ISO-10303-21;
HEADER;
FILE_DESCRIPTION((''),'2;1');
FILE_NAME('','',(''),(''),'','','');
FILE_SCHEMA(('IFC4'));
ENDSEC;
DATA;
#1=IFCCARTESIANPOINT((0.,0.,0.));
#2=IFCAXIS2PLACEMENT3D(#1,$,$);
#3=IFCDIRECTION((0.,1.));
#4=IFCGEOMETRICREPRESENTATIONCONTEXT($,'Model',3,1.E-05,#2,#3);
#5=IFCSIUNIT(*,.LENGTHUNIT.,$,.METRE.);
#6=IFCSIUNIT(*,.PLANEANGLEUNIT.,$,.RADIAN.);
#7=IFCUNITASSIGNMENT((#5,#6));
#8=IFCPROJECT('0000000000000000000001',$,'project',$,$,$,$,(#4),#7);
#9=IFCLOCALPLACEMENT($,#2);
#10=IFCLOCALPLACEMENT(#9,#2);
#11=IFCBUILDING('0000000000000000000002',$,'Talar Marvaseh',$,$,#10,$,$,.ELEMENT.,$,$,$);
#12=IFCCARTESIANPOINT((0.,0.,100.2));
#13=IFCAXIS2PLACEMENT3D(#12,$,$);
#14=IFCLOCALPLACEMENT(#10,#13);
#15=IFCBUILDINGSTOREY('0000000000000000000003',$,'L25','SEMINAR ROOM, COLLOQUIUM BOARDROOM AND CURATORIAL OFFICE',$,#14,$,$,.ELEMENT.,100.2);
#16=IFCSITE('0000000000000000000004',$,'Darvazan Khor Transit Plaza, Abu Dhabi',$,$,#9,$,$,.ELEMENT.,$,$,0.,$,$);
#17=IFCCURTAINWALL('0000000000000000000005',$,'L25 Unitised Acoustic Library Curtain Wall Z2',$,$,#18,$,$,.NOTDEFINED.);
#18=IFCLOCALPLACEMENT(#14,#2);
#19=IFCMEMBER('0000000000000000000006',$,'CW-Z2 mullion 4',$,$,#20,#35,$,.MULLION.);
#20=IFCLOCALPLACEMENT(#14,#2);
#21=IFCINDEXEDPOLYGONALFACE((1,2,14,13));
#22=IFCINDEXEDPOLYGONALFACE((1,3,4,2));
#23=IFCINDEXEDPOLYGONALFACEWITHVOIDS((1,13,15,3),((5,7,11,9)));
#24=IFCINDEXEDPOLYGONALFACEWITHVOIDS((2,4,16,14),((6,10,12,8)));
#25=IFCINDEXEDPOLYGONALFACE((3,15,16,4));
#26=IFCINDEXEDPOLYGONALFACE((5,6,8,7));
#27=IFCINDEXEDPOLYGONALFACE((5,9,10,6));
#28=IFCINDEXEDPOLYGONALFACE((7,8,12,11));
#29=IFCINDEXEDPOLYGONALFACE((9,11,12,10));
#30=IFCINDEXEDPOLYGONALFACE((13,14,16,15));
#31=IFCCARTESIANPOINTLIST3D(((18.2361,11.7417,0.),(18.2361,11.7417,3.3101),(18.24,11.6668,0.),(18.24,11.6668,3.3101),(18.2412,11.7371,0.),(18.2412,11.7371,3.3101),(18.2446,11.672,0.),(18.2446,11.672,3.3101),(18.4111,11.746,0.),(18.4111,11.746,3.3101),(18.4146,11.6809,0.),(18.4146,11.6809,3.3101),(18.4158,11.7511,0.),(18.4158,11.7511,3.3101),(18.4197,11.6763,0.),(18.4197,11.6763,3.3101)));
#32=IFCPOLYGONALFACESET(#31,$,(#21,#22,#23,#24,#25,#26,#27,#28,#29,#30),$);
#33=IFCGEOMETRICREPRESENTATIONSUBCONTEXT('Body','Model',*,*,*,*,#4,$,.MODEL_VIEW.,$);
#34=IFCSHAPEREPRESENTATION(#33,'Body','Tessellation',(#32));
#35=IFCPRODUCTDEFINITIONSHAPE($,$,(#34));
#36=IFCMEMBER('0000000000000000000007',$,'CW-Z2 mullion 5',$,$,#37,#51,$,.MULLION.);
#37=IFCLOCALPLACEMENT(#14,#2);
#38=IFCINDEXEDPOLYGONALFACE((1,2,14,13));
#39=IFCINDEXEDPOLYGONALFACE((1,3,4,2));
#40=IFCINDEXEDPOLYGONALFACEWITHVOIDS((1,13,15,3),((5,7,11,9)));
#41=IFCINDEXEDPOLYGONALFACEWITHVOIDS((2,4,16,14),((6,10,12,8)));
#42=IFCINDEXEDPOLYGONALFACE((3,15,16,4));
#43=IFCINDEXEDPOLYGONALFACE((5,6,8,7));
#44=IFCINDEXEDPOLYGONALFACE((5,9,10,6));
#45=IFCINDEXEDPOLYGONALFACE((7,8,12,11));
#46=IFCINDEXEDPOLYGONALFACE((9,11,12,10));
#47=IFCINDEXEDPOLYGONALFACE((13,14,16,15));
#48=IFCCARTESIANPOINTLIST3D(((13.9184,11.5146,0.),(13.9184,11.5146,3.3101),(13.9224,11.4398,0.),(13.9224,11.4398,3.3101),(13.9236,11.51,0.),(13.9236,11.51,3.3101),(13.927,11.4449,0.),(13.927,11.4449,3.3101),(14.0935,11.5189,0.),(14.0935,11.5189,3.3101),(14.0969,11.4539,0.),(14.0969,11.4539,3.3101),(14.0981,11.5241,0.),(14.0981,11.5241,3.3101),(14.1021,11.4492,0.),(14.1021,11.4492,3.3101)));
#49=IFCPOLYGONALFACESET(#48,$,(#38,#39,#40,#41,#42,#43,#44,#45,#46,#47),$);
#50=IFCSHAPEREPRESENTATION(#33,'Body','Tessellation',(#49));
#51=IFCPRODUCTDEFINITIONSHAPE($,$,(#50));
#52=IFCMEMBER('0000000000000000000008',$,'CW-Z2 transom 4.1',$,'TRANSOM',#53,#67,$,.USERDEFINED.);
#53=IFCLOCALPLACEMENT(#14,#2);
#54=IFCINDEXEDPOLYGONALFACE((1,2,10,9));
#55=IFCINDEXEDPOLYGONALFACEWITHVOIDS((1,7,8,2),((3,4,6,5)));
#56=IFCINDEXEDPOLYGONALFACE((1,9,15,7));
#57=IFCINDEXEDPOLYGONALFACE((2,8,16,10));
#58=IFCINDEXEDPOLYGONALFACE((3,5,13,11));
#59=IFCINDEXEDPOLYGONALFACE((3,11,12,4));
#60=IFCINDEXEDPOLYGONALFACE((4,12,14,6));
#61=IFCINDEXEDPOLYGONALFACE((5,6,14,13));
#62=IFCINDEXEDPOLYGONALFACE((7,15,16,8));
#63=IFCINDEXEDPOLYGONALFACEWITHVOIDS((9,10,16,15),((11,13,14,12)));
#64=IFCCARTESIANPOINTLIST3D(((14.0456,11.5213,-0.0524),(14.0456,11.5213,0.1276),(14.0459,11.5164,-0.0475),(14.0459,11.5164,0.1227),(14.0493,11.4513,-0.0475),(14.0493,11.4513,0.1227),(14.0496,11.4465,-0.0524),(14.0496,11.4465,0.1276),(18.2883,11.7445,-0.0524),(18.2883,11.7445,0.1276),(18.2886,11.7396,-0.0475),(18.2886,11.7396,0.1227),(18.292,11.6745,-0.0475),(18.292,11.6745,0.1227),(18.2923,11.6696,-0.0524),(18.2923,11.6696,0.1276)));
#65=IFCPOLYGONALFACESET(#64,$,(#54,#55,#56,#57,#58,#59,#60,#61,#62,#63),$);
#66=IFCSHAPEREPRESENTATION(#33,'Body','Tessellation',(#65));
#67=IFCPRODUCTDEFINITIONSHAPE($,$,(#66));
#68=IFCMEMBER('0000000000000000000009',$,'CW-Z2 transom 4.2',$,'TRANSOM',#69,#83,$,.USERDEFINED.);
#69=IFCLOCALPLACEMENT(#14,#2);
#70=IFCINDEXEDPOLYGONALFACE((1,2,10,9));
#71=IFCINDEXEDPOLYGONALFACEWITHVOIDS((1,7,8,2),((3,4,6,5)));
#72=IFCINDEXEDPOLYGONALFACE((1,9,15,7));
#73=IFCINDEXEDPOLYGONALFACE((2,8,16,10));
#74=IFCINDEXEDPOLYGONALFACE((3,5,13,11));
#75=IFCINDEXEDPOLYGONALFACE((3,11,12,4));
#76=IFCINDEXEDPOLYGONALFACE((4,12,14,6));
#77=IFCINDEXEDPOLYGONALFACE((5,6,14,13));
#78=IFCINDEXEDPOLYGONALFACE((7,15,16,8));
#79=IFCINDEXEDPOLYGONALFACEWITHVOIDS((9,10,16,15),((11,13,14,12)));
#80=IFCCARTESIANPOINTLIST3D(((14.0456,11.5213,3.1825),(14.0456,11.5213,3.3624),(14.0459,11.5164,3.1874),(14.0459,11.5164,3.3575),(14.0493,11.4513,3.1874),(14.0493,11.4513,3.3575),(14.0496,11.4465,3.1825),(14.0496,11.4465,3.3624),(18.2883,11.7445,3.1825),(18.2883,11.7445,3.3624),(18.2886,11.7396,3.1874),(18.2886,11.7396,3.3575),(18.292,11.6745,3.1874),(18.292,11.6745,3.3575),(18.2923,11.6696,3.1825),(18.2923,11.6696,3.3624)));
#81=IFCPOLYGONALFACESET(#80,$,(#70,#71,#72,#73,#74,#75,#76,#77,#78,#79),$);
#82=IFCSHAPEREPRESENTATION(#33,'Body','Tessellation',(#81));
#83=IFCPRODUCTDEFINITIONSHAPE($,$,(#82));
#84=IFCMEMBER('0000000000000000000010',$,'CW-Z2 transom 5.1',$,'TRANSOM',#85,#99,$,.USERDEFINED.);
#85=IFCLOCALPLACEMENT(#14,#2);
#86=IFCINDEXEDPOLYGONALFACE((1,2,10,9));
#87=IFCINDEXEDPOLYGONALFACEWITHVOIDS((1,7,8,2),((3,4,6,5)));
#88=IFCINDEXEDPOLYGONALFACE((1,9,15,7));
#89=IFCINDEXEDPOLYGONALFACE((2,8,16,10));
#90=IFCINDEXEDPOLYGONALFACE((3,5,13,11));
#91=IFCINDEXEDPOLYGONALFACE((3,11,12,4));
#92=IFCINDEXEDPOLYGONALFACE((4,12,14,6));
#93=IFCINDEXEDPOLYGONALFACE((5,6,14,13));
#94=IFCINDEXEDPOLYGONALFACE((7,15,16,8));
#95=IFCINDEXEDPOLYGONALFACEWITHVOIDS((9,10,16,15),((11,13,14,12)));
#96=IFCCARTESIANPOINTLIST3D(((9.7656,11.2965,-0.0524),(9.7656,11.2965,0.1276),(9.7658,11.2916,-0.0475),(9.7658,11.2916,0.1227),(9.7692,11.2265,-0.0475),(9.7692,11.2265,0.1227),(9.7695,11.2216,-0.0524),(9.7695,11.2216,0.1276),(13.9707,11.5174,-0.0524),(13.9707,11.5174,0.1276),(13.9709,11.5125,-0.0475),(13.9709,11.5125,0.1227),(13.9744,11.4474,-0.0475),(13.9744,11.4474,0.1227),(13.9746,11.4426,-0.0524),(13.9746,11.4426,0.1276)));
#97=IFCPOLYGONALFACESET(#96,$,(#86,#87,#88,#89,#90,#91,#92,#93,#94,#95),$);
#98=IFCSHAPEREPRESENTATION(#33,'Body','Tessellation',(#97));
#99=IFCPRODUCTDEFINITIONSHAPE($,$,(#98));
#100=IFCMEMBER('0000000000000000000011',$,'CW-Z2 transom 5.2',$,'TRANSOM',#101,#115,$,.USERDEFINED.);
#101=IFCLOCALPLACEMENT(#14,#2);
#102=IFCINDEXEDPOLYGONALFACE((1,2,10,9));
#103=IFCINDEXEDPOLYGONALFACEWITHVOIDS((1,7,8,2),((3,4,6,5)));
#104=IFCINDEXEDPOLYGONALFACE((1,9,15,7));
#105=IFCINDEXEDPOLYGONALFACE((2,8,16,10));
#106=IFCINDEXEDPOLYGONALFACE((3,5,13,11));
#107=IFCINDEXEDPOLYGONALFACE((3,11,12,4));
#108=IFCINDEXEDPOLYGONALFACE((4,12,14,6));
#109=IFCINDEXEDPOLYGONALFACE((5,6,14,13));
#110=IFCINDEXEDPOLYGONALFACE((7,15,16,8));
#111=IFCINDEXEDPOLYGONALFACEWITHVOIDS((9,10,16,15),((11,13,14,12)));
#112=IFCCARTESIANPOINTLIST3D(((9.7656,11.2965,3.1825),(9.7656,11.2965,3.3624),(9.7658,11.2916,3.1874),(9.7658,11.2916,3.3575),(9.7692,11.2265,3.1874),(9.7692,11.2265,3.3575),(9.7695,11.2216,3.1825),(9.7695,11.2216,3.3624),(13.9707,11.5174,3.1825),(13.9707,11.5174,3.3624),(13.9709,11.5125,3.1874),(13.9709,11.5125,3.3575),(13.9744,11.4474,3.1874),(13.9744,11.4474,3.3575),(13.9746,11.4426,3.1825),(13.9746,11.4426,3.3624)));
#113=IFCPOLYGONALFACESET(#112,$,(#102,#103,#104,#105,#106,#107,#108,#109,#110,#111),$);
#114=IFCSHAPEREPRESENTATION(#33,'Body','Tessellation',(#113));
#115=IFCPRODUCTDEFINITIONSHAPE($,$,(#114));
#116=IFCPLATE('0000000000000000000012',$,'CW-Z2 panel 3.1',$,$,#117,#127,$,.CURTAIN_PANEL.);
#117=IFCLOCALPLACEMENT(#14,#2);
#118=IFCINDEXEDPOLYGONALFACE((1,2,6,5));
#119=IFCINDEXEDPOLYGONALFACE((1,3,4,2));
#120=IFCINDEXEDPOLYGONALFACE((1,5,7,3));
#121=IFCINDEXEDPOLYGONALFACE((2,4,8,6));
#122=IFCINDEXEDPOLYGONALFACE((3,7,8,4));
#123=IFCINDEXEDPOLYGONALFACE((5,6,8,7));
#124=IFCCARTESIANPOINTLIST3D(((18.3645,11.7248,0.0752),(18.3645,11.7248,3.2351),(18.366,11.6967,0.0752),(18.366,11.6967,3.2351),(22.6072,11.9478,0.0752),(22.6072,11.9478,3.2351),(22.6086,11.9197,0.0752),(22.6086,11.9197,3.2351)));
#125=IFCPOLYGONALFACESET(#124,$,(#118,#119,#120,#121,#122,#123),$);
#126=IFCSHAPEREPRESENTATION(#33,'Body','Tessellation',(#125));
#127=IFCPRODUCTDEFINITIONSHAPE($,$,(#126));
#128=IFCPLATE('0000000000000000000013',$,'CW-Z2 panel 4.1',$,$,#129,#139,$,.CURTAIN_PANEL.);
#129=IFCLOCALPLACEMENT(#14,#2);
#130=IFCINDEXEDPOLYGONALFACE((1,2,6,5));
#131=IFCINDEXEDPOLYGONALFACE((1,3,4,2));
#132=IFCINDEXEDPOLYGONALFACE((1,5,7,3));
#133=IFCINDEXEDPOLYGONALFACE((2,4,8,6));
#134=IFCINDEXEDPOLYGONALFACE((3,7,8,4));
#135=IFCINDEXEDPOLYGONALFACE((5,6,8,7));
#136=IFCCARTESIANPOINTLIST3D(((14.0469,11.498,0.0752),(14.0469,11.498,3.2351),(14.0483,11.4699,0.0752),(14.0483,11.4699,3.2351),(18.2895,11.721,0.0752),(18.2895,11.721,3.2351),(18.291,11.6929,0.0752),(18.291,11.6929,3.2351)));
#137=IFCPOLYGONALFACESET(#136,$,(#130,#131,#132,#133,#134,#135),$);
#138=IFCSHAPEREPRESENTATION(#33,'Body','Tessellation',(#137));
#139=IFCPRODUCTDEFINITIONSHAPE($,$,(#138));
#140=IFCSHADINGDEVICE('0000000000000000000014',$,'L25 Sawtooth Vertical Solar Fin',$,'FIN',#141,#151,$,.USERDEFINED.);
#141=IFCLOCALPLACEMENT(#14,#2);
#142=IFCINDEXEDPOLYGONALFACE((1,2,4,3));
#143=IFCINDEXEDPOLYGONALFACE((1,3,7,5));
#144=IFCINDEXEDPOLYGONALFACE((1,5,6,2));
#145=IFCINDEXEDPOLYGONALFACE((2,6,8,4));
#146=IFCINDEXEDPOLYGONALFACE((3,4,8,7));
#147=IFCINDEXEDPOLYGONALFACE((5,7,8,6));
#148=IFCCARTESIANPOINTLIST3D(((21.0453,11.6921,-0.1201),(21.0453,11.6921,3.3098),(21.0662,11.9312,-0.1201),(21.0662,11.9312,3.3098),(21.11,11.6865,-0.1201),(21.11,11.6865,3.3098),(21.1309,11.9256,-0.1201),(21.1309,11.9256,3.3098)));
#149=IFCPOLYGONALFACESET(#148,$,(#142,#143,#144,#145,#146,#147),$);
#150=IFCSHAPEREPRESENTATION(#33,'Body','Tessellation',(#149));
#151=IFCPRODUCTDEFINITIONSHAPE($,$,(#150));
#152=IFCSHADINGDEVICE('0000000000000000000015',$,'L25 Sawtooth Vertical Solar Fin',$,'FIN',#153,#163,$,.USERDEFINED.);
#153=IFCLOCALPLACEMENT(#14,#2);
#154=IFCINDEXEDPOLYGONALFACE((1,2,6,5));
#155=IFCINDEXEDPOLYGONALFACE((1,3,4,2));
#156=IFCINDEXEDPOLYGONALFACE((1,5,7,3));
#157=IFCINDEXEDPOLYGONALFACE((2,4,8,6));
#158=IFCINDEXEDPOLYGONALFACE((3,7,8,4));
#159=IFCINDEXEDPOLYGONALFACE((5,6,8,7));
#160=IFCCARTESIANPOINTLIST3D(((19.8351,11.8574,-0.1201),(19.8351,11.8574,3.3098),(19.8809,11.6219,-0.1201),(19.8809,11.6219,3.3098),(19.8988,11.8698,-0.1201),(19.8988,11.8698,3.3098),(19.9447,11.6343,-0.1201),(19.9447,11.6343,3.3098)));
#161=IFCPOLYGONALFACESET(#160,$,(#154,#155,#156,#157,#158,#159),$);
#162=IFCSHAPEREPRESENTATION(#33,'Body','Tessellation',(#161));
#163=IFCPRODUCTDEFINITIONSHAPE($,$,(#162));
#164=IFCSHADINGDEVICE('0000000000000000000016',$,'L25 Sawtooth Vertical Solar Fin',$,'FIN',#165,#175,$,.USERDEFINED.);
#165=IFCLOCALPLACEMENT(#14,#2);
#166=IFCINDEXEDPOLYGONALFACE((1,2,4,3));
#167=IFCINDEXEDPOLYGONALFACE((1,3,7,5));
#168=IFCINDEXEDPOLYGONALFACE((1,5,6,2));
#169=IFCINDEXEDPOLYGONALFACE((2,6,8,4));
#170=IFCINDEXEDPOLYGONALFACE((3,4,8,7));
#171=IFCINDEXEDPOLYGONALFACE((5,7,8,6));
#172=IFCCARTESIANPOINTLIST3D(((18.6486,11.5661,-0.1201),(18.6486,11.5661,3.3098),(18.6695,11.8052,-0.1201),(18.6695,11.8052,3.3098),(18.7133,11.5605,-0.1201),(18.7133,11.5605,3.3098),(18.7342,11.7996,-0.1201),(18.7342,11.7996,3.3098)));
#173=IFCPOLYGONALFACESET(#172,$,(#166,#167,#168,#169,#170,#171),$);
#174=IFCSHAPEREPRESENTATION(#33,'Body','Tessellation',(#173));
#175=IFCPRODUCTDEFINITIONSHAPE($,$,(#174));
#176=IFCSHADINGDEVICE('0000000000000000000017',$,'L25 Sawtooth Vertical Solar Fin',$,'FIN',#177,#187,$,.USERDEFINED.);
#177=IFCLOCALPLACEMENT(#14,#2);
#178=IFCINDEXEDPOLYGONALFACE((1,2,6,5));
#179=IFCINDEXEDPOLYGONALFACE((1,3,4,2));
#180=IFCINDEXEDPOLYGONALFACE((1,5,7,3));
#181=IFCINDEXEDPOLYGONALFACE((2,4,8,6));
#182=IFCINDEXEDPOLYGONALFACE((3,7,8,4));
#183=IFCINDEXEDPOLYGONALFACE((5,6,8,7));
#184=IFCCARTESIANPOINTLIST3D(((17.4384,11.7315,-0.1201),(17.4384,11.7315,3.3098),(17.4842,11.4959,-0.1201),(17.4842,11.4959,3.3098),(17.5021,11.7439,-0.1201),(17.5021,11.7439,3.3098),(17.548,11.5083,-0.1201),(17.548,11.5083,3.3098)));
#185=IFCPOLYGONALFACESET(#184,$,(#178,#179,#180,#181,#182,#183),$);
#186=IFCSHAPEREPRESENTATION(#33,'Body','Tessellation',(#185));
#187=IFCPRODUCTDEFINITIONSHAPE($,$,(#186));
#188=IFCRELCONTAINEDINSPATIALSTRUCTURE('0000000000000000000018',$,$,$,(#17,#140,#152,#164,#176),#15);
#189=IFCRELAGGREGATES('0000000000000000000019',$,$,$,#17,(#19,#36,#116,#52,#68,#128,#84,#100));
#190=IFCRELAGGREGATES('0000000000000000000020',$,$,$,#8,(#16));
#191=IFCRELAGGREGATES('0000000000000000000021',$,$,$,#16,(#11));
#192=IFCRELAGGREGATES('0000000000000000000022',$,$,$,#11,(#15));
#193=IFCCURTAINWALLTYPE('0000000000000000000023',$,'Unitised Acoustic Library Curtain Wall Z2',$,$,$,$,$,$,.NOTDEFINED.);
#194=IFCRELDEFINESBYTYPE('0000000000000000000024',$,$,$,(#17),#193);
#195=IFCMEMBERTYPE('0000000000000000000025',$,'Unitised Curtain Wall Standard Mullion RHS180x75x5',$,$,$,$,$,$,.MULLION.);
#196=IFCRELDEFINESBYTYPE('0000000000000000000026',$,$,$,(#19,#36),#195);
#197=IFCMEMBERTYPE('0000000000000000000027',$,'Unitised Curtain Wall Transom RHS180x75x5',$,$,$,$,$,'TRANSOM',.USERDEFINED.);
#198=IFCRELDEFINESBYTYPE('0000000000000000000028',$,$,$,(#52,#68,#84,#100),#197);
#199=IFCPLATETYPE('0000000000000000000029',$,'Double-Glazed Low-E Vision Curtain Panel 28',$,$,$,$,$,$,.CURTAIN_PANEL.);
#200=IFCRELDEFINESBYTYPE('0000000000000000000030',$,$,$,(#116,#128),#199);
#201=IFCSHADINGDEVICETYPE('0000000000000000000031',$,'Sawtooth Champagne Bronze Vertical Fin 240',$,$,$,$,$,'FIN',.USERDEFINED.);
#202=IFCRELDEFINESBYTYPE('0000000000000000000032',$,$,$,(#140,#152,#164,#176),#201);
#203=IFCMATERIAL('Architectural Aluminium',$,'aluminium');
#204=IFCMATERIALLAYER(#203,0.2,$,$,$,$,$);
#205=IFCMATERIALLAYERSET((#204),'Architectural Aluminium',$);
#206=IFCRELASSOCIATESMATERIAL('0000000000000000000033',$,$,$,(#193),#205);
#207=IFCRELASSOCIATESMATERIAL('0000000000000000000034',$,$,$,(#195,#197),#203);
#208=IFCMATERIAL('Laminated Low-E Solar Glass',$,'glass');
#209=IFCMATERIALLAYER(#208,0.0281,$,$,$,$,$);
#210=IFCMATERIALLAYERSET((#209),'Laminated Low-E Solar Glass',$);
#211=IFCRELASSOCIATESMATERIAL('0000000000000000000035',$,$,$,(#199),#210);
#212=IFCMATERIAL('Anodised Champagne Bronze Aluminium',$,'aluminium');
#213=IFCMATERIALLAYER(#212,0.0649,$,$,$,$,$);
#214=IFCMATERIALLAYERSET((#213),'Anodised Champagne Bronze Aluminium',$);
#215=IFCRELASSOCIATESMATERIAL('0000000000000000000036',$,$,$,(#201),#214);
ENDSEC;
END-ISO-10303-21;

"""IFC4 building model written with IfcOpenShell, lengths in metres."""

from ifc_helpers import new_model, si_unit, direction, frame, origin, origin_2d, place, context, subcontext, project, spatial, rectangle, hollow_rectangle, extrude, source, transform, mapped, material, layer, layer_set, material_profile, profile_set, type_object, type_shapes, element, aggregate, save


model = new_model("IFC4")

# Units and contexts
model_context = context("Model", 3, precision=1e-05, world=origin(), true_north=direction((0.0, 1.0)))
body_context = subcontext(model_context, "Body", "Model", "MODEL_VIEW")
ifc_project = project(units=[si_unit("LENGTHUNIT", "METRE"), si_unit("PLANEANGLEUNIT", "RADIAN")], contexts=[model_context])

# Site, building, storey
site_placement = place(None, origin())
site = spatial("IfcSite", under=ifc_project, at=site_placement, Name="Darvazan Khor Transit Plaza, Abu Dhabi", CompositionType="ELEMENT", RefElevation=0.0)
building_placement = place(site_placement, origin())
building = spatial("IfcBuilding", under=site, at=building_placement, Name="Talar Marvaseh", CompositionType="ELEMENT")
storey_placement = place(building_placement, frame((0.0, 0.0, 100.2)))
storey = spatial("IfcBuildingStorey", under=building, at=storey_placement, Name="L25", Description="SEMINAR ROOM, COLLOQUIUM BOARDROOM AND CURATORIAL OFFICE", CompositionType="ELEMENT", Elevation=100.2)

# Curtain wall, members, plates
ifc_material_1 = material(Name="Architectural Aluminium", Category="aluminium")
ifc_layer_1 = layer(ifc_material_1, 0.2)
ifc_layer_set_1 = layer_set([ifc_layer_1], Name="Architectural Aluminium")
curtain_wall_type = type_object("IfcCurtainWallType", Name="Unitised Acoustic Library Curtain Wall Z2", PredefinedType="NOTDEFINED", material=ifc_layer_set_1)
curtain_wall_placement = place(storey_placement, origin())
curtain_wall = element("IfcCurtainWall", 1, at=curtain_wall_placement, inside=storey, type_object=curtain_wall_type, Name="L25 Unitised Acoustic Library Curtain Wall Z2", PredefinedType="NOTDEFINED")
ifc_material_profile_1 = material_profile(ifc_material_1, hollow_rectangle(XDim=0.075, YDim=0.1799, WallThickness=0.0049, at=origin_2d()), Name="RHS180x75x5")
ifc_profile_set_1 = profile_set([ifc_material_profile_1], Name="Architectural Aluminium")
member_type_1 = type_object("IfcMemberType", Name="Unitised Curtain Wall Standard Mullion RHS180x75x5", PredefinedType="MULLION", material=ifc_profile_set_1)
shared_shape_1 = source(origin(), body_context, "Body", "SweptSolid", [
    extrude(hollow_rectangle(XDim=0.075, YDim=0.1799, WallThickness=0.0049, at=origin_2d()), origin(), (0.0, 0.0, 1.0), 3.3101),
])
type_shapes(member_type_1, [shared_shape_1])
member_1_placement = place(storey_placement, frame((18.3279, 11.709, 0.0), z_axis=(0.0, 0.0, 1.0), x_axis=(0.052489, -0.998621, 0.0)))
member_1 = element("IfcMember", 2, at=member_1_placement, type_object=member_type_1, Name="CW-Z2 mullion 4", PredefinedType="MULLION", context=body_context, shape_type="MappedRepresentation", body=[
    mapped(shared_shape_1, transform((0.0, 0.0, 0.0), x_axis=(1.0, 0.0, 0.0), y_axis=(0.0, 1.0, 0.0), z_axis=(0.0, 0.0, 1.0), scale=1.0)),
])
member_2_placement = place(storey_placement, frame((14.0103, 11.4819, 0.0), z_axis=(0.0, 0.0, 1.0), x_axis=(0.052489, -0.998621, 0.0)))
member_2 = element("IfcMember", 3, at=member_2_placement, type_object=member_type_1, Name="CW-Z2 mullion 5", PredefinedType="MULLION", context=body_context, shape_type="MappedRepresentation", body=[
    mapped(shared_shape_1, transform((0.0, 0.0, 0.0), x_axis=(1.0, 0.0, 0.0), y_axis=(0.0, 1.0, 0.0), z_axis=(0.0, 0.0, 1.0), scale=1.0)),
])
ifc_material_profile_2 = material_profile(ifc_material_1, hollow_rectangle(XDim=0.075, YDim=0.1799, WallThickness=0.0049, at=origin_2d()), Name="RHS180x75x5")
ifc_profile_set_2 = profile_set([ifc_material_profile_2], Name="Architectural Aluminium")
member_type_2 = type_object("IfcMemberType", Name="Unitised Curtain Wall Transom RHS180x75x5", ElementType="TRANSOM", PredefinedType="USERDEFINED", material=ifc_profile_set_2)
shared_shape_2 = source(origin(), body_context, "Body", "SweptSolid", [
    extrude(hollow_rectangle(XDim=0.075, YDim=0.1799, WallThickness=0.0049, at=origin_2d()), origin(), (0.0, 0.0, 1.0), 4.2485),
])
member_3_placement = place(storey_placement, frame((18.2903, 11.707, 0.0376), z_axis=(-0.99862, -0.052523, 0.0), x_axis=(0.052523, -0.99862, 0.0)))
member_3 = element("IfcMember", 4, at=member_3_placement, type_object=member_type_2, Name="CW-Z2 transom 4.1", ObjectType="TRANSOM", PredefinedType="USERDEFINED", context=body_context, shape_type="MappedRepresentation", body=[
    mapped(shared_shape_2, transform((0.0, 0.0, 0.0), x_axis=(1.0, 0.0, 0.0), y_axis=(0.0, 1.0, 0.0), z_axis=(0.0, 0.0, 1.0), scale=1.0)),
])
member_4_placement = place(storey_placement, frame((18.2903, 11.707, 3.2725), z_axis=(-0.99862, -0.052523, 0.0), x_axis=(0.052523, -0.99862, 0.0)))
member_4 = element("IfcMember", 5, at=member_4_placement, type_object=member_type_2, Name="CW-Z2 transom 4.2", ObjectType="TRANSOM", PredefinedType="USERDEFINED", context=body_context, shape_type="MappedRepresentation", body=[
    mapped(shared_shape_2, transform((0.0, 0.0, 0.0), x_axis=(1.0, 0.0, 0.0), y_axis=(0.0, 1.0, 0.0), z_axis=(0.0, 0.0, 1.0), scale=1.0)),
])
shared_shape_3 = source(origin(), body_context, "Body", "SweptSolid", [
    extrude(hollow_rectangle(XDim=0.075, YDim=0.1799, WallThickness=0.0049, at=origin_2d()), origin(), (0.0, 0.0, 1.0), 4.2109),
])
type_shapes(member_type_2, [shared_shape_2, shared_shape_3])
member_5_placement = place(storey_placement, frame((13.9727, 11.48, 0.0376), z_axis=(-0.998622, -0.052471, 0.0), x_axis=(0.052471, -0.998622, 0.0)))
member_5 = element("IfcMember", 6, at=member_5_placement, type_object=member_type_2, Name="CW-Z2 transom 5.1", ObjectType="TRANSOM", PredefinedType="USERDEFINED", context=body_context, shape_type="MappedRepresentation", body=[
    mapped(shared_shape_3, transform((0.0, 0.0, 0.0), x_axis=(1.0, 0.0, 0.0), y_axis=(0.0, 1.0, 0.0), z_axis=(0.0, 0.0, 1.0), scale=1.0)),
])
member_6_placement = place(storey_placement, frame((13.9727, 11.48, 3.2725), z_axis=(-0.998622, -0.052471, 0.0), x_axis=(0.052471, -0.998622, 0.0)))
member_6 = element("IfcMember", 7, at=member_6_placement, type_object=member_type_2, Name="CW-Z2 transom 5.2", ObjectType="TRANSOM", PredefinedType="USERDEFINED", context=body_context, shape_type="MappedRepresentation", body=[
    mapped(shared_shape_3, transform((0.0, 0.0, 0.0), x_axis=(1.0, 0.0, 0.0), y_axis=(0.0, 1.0, 0.0), z_axis=(0.0, 0.0, 1.0), scale=1.0)),
])
ifc_material_2 = material(Name="Laminated Low-E Solar Glass", Category="glass")
ifc_layer_2 = layer(ifc_material_2, 0.0281)
ifc_layer_set_2 = layer_set([ifc_layer_2], Name="Laminated Low-E Solar Glass")
plate_type = type_object("IfcPlateType", Name="Double-Glazed Low-E Vision Curtain Panel 28", PredefinedType="CURTAIN_PANEL", material=ifc_layer_set_2)
shared_shape_4 = source(origin(), body_context, "Body", "SweptSolid", [
    extrude(rectangle(XDim=4.2485, YDim=0.0281, at=origin_2d()), origin(), (0.0, 0.0, 1.0), 3.1599),
])
type_shapes(plate_type, [shared_shape_4])
plate_1_placement = place(storey_placement, frame((20.4866, 11.8223, 0.0752), z_axis=(0.0, 0.0, 1.0), x_axis=(-0.998621, -0.052489, 0.0)))
plate_1 = element("IfcPlate", 8, at=plate_1_placement, type_object=plate_type, Name="CW-Z2 panel 3.1", PredefinedType="CURTAIN_PANEL", context=body_context, shape_type="MappedRepresentation", body=[
    mapped(shared_shape_4, transform((0.0, 0.0, 0.0), x_axis=(1.0, 0.0, 0.0), y_axis=(0.0, 1.0, 0.0), z_axis=(0.0, 0.0, 1.0), scale=1.0)),
])
plate_2_placement = place(storey_placement, frame((16.1689, 11.5955, 0.0752), z_axis=(0.0, 0.0, 1.0), x_axis=(-0.998621, -0.052489, 0.0)))
plate_2 = element("IfcPlate", 9, at=plate_2_placement, type_object=plate_type, Name="CW-Z2 panel 4.1", PredefinedType="CURTAIN_PANEL", context=body_context, shape_type="MappedRepresentation", body=[
    mapped(shared_shape_4, transform((0.0, 0.0, 0.0), x_axis=(1.0, 0.0, 0.0), y_axis=(0.0, 1.0, 0.0), z_axis=(0.0, 0.0, 1.0), scale=1.0)),
])
aggregate(curtain_wall, [member_1, member_2, plate_1, member_3, member_4, plate_2, member_5, member_6])

# Shading devices
ifc_material_3 = material(Name="Anodised Champagne Bronze Aluminium", Category="aluminium")
ifc_layer_3 = layer(ifc_material_3, 0.0649)
ifc_layer_set_3 = layer_set([ifc_layer_3], Name="Anodised Champagne Bronze Aluminium")
shading_device_type = type_object("IfcShadingDeviceType", Name="Sawtooth Champagne Bronze Vertical Fin 240", ElementType="FIN", PredefinedType="USERDEFINED", material=ifc_layer_set_3)
shared_shape_5 = source(origin(), body_context, "Body", "SweptSolid", [
    extrude(rectangle(XDim=0.24, YDim=0.0649, at=origin_2d()), origin(), (0.0, 0.0, 1.0), 3.4299),
])
type_shapes(shading_device_type, [shared_shape_5])
for number, where, z_axis, x_axis, name in (
    (10, (21.0881, 11.8088, -0.1201), (0.0, 0.0, 1.0), (-0.086982, -0.99621, 0.0), "L25 Sawtooth Vertical Solar Fin"),
    (11, (19.8899, 11.7458, -0.1201), (0.0, 0.0, 1.0), (0.19098, -0.981594, 0.0), "L25 Sawtooth Vertical Solar Fin"),
    (12, (18.6914, 11.6829, -0.1201), (0.0, 0.0, 1.0), (-0.086982, -0.99621, 0.0), "L25 Sawtooth Vertical Solar Fin"),
    (13, (17.4932, 11.6199, -0.1201), (0.0, 0.0, 1.0), (0.19098, -0.981594, 0.0), "L25 Sawtooth Vertical Solar Fin"),
):
    element("IfcShadingDevice", number, at=place(storey_placement, frame(where, z_axis=z_axis, x_axis=x_axis)), inside=storey, type_object=shading_device_type, Name=name, ObjectType="FIN", PredefinedType="USERDEFINED", context=body_context, shape_type="MappedRepresentation", body=[
        mapped(shared_shape_5, transform((0.0, 0.0, 0.0), x_axis=(1.0, 0.0, 0.0), y_axis=(0.0, 1.0, 0.0), z_axis=(0.0, 0.0, 1.0), scale=1.0)),
    ])

save(model, "model.ifc")
